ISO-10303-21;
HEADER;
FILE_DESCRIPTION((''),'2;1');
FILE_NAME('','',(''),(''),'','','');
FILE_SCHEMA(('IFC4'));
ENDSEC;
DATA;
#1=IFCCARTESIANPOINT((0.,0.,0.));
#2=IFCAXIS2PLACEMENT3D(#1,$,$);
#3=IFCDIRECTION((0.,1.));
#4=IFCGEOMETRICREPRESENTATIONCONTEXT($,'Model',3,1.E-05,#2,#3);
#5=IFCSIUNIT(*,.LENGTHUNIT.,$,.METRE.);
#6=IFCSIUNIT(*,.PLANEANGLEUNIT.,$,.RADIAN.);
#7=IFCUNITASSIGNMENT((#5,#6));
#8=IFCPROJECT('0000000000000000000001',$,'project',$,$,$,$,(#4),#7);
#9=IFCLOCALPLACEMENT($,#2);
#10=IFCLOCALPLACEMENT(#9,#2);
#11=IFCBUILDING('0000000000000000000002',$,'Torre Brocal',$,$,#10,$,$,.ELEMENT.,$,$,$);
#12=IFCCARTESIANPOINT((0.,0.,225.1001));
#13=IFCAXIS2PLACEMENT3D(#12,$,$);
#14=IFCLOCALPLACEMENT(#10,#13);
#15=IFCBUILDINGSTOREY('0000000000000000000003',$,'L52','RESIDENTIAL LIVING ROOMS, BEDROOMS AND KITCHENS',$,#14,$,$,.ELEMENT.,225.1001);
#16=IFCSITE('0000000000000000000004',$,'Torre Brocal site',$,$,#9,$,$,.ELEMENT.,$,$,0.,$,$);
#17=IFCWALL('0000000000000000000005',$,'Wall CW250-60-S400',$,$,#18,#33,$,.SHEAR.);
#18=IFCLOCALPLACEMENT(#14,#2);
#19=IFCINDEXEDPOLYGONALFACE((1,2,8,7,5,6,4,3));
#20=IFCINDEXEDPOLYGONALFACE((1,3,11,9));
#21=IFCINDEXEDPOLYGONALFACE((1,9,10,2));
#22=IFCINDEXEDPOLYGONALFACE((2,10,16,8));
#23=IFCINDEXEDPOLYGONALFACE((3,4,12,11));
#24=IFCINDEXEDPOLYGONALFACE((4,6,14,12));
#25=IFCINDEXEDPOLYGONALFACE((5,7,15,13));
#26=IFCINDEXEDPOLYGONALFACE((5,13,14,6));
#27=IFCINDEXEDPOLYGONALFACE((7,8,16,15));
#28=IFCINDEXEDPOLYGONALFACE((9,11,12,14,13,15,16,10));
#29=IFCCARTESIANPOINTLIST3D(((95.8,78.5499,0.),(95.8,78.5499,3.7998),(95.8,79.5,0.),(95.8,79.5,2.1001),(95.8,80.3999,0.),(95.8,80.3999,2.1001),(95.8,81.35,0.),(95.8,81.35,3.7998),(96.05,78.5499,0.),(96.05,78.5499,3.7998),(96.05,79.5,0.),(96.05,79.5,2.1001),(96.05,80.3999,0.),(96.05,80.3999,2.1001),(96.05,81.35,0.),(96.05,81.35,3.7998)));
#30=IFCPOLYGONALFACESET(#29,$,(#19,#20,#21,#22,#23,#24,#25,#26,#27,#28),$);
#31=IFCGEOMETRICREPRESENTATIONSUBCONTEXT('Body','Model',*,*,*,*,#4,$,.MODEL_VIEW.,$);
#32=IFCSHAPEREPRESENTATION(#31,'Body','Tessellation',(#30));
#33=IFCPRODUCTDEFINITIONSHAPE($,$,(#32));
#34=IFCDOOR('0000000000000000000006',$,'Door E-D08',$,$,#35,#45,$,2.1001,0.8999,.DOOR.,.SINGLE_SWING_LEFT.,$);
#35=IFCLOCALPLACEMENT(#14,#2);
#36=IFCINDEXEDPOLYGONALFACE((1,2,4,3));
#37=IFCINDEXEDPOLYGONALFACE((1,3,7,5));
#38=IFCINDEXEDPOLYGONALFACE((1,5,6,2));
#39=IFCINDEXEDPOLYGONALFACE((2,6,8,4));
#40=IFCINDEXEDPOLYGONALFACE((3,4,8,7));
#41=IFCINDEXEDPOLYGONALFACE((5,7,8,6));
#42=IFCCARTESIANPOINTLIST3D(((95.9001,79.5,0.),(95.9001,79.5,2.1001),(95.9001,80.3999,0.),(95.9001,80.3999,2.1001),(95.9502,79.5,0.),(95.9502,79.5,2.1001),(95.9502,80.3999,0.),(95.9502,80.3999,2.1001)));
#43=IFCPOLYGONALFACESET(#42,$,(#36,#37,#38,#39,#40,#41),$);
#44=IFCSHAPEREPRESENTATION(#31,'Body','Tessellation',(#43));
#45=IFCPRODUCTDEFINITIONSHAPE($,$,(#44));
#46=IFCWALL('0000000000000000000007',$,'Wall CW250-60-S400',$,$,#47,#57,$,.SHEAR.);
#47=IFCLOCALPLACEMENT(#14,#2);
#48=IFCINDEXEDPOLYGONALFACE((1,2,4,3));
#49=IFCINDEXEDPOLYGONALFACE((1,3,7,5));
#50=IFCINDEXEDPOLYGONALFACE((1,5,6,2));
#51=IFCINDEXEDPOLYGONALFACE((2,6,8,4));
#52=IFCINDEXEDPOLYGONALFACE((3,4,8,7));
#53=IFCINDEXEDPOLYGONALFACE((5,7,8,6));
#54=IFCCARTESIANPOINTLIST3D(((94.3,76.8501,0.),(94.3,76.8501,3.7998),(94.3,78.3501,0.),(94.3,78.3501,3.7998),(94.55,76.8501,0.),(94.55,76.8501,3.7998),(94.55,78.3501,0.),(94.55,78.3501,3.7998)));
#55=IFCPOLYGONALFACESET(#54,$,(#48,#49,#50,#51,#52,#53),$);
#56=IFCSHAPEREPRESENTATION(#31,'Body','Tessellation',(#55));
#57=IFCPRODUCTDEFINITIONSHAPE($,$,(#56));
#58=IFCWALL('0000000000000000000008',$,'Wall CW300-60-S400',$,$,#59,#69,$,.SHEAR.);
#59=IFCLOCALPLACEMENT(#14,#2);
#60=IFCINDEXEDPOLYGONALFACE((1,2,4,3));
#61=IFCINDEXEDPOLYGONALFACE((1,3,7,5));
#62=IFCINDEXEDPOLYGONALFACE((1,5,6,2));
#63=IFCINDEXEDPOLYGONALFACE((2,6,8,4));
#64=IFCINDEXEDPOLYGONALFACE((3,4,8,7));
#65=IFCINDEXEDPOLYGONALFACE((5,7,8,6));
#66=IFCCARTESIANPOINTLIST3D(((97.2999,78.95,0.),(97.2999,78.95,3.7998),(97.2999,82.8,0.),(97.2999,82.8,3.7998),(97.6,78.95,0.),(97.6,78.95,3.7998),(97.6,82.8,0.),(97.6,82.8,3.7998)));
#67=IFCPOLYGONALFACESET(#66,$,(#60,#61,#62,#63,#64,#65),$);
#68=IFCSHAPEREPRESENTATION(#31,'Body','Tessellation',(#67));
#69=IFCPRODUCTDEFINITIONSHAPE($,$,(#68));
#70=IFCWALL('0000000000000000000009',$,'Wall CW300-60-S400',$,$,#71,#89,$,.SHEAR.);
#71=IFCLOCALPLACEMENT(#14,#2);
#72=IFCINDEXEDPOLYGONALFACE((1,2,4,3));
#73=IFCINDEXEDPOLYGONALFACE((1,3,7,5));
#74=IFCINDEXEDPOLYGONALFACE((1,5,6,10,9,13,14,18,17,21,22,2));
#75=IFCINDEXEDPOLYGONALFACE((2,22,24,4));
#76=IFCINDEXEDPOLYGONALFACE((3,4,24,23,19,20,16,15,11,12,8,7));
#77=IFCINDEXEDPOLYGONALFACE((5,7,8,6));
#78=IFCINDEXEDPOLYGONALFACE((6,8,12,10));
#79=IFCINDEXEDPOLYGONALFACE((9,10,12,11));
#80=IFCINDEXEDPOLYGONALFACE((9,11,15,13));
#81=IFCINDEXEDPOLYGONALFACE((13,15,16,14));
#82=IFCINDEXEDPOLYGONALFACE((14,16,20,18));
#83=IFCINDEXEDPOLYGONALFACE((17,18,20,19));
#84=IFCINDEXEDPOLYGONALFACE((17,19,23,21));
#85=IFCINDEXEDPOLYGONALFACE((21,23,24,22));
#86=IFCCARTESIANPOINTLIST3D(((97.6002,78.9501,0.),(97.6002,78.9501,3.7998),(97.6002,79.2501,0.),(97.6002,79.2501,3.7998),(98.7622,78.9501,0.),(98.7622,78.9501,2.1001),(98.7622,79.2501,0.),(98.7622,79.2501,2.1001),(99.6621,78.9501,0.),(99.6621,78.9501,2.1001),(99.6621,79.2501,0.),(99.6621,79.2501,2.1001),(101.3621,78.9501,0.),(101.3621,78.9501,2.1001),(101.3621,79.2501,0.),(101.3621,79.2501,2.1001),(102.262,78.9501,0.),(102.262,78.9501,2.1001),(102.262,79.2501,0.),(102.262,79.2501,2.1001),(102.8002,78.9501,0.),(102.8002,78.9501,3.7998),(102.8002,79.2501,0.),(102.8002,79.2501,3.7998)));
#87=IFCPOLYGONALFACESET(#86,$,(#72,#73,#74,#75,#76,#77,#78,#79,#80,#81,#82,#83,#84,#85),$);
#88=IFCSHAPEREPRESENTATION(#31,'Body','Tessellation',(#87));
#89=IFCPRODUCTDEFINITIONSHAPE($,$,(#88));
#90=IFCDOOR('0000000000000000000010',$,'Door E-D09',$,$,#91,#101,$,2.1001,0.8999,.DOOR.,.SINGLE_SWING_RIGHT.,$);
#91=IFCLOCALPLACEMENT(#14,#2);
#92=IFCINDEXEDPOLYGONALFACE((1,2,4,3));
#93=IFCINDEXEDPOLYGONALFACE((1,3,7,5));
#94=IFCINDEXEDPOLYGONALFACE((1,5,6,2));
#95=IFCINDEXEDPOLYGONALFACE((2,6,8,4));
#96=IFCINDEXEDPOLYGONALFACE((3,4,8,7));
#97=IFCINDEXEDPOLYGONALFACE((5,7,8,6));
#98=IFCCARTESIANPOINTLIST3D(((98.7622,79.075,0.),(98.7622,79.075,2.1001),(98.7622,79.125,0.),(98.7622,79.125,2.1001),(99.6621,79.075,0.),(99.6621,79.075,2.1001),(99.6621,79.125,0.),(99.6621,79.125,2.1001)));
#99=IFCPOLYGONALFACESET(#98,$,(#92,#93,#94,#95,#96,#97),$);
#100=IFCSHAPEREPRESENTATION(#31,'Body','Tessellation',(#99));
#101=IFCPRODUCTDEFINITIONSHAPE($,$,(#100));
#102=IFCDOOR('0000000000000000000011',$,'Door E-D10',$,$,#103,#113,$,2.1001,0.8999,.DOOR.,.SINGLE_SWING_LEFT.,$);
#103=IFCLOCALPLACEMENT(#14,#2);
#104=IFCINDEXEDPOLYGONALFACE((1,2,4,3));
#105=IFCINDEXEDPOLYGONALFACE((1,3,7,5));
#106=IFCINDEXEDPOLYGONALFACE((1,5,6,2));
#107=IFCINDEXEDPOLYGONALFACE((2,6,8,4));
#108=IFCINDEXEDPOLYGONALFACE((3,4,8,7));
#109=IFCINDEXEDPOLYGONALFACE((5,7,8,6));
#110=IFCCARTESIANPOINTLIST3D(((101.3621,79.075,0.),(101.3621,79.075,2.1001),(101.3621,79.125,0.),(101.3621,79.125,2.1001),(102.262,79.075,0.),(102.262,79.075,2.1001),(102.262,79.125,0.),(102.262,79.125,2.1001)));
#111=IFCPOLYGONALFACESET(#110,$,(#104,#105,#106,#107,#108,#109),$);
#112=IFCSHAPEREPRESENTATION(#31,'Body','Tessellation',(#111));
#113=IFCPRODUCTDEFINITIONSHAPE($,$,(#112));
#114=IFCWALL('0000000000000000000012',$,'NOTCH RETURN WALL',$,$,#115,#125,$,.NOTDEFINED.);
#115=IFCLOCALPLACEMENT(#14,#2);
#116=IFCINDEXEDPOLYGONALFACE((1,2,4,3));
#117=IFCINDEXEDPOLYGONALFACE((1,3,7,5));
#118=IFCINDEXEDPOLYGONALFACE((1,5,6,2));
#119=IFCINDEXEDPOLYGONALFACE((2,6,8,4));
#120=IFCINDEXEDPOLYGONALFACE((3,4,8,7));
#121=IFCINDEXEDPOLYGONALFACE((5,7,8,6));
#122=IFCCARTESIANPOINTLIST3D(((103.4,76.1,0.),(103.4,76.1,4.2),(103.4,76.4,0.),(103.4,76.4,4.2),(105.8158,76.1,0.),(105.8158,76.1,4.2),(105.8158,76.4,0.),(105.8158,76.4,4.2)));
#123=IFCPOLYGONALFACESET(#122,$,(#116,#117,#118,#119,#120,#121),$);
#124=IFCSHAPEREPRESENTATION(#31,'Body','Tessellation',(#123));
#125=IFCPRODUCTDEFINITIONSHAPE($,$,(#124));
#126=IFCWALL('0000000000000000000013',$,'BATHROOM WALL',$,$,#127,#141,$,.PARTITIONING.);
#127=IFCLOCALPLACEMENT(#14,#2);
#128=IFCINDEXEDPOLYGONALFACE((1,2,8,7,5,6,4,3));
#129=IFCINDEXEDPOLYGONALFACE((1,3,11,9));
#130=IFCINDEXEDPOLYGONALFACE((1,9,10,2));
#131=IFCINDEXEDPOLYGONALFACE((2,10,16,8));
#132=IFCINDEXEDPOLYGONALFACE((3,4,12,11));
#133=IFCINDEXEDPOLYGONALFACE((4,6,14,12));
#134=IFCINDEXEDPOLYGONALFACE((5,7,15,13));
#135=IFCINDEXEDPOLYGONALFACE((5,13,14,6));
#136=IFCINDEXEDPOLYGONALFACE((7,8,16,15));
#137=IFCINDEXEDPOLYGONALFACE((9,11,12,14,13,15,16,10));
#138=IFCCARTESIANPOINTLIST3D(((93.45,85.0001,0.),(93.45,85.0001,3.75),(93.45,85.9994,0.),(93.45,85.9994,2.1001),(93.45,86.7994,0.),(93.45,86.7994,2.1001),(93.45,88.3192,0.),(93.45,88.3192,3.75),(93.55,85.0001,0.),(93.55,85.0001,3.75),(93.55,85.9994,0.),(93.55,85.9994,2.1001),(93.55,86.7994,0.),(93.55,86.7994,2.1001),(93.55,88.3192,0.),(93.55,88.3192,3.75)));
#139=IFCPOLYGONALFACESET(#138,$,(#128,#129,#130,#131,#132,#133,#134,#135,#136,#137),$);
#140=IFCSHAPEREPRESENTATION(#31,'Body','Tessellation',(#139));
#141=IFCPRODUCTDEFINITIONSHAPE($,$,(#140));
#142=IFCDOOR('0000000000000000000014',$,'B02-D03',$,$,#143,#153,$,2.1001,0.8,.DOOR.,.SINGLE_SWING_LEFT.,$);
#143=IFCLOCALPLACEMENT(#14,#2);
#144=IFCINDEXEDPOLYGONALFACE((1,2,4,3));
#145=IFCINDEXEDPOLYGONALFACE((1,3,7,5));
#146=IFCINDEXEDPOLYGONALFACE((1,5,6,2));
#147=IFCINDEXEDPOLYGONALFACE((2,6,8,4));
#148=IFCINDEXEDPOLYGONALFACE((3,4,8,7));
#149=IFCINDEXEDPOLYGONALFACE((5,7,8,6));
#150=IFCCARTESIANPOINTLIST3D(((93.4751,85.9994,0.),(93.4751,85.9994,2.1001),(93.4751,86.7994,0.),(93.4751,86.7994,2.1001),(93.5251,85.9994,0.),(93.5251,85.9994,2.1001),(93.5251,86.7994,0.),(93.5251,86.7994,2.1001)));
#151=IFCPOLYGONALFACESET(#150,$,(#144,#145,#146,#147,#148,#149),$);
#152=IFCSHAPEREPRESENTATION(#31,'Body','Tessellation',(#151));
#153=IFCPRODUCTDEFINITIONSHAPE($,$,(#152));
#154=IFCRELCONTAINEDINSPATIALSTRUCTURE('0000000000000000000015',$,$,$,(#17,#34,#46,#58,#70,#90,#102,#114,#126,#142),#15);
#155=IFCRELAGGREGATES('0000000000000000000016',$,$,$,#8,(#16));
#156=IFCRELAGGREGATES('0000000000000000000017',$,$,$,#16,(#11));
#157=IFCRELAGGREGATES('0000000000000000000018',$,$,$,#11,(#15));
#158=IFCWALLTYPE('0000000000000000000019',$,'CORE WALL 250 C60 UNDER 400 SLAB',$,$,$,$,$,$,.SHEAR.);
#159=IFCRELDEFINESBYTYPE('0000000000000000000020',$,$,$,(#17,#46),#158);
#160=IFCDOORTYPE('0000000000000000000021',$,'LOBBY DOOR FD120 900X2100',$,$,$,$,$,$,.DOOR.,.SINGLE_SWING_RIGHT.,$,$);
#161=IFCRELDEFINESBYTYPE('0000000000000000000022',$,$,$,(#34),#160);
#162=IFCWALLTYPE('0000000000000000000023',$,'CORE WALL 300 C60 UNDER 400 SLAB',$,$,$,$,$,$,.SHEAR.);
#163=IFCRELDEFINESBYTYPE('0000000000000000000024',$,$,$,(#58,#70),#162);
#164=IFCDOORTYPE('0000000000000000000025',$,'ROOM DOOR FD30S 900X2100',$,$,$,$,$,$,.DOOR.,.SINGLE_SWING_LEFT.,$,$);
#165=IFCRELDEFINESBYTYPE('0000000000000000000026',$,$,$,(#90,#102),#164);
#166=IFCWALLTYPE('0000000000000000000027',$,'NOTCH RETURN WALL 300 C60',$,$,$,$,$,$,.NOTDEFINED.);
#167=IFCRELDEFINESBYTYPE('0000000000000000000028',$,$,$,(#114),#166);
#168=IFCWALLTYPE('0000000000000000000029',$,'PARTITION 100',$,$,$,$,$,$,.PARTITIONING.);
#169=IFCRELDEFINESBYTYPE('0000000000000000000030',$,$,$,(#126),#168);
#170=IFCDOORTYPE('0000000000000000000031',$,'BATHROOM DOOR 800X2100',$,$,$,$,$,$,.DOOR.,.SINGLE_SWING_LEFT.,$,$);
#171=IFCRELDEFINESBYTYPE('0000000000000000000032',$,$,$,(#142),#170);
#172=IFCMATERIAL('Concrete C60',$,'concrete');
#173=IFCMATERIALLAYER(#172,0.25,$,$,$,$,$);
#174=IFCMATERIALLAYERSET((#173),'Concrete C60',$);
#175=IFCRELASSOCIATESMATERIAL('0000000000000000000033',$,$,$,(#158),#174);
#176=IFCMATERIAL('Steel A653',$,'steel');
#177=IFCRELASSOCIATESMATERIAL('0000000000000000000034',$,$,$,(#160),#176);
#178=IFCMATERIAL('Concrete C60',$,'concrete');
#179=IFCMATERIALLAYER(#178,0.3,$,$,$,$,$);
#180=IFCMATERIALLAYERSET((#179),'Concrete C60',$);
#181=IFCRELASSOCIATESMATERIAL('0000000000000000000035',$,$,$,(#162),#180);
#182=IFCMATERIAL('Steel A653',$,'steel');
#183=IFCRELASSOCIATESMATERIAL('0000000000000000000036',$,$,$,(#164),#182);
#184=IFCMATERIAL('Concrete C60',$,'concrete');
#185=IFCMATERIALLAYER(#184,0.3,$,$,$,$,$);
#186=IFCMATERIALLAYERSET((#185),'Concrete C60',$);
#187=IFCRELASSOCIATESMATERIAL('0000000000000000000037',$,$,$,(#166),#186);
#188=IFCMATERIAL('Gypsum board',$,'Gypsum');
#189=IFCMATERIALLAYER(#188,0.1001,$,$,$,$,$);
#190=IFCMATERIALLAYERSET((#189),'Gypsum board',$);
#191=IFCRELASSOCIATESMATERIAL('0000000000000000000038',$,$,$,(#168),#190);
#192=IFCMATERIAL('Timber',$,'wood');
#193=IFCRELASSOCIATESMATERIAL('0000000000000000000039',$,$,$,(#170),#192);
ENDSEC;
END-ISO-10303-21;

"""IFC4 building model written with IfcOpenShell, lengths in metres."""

from ifc_helpers import new_model, si_unit, direction, frame, frame_2d, origin, place, context, subcontext, project, spatial, rectangle, extrude, material, layer, layer_set, type_object, element, fill, save


model = new_model("IFC4")

# Units and contexts
model_context = context("Model", 3, precision=1e-05, world=origin(), true_north=direction((0.0, 1.0)))
body_context = subcontext(model_context, "Body", "Model", "MODEL_VIEW")
ifc_project = project(units=[si_unit("LENGTHUNIT", "METRE"), si_unit("PLANEANGLEUNIT", "RADIAN")], contexts=[model_context])

# Site, building, storey
site_placement = place(None, origin())
site = spatial("IfcSite", under=ifc_project, at=site_placement, Name="Torre Brocal site", CompositionType="ELEMENT", RefElevation=0.0)
building_placement = place(site_placement, origin())
building = spatial("IfcBuilding", under=site, at=building_placement, Name="Torre Brocal", CompositionType="ELEMENT")
storey_placement = place(building_placement, frame((0.0, 0.0, 225.1001)))
storey = spatial("IfcBuildingStorey", under=building, at=storey_placement, Name="L52", Description="RESIDENTIAL LIVING ROOMS, BEDROOMS AND KITCHENS", CompositionType="ELEMENT", Elevation=225.1001)

# Wall, opening, door
ifc_material_1 = material(Name="Concrete C60", Category="concrete")
ifc_layer_1 = layer(ifc_material_1, 0.25)
ifc_layer_set_1 = layer_set([ifc_layer_1], Name="Concrete C60")
wall_type_1 = type_object("IfcWallType", Name="CORE WALL 250 C60 UNDER 400 SLAB", PredefinedType="SHEAR", material=ifc_layer_set_1)
wall_1_placement = place(storey_placement, frame((95.925, 78.55, 0.0), z_axis=(0.0, 0.0, 1.0), x_axis=(0.0, 1.0, 0.0)))
wall_1 = element("IfcWall", 1, at=wall_1_placement, inside=storey, type_object=wall_type_1, Name="Wall CW250-60-S400", PredefinedType="SHEAR", context=body_context, shape_type="SweptSolid", body=[
    extrude(rectangle(XDim=2.8, YDim=0.25, at=frame_2d((1.3999, 0.0))), origin(), (0.0, 0.0, 1.0), 3.7998),
])
opening_1_placement = place(wall_1_placement, frame((0.95, 0.0, 0.0)))
opening_1 = element("IfcOpeningElement", 2, at=opening_1_placement, cuts=wall_1, PredefinedType="OPENING", context=body_context, shape_type="SweptSolid", body=[
    extrude(rectangle(XDim=0.8999, YDim=2.1001, at=frame_2d((0.45, 1.05))), frame((0.0, 0.135, 0.0), z_axis=(0.0, -1.0, 0.0), x_axis=(1.0, 0.0, 0.0)), (0.0, 0.0, 1.0), 0.27),
])
ifc_material_2 = material(Name="Steel A653", Category="steel")
door_type_1 = type_object("IfcDoorType", Name="LOBBY DOOR FD120 900X2100", OperationType="SINGLE_SWING_RIGHT", PredefinedType="DOOR", material=ifc_material_2)
door_1_placement = place(opening_1_placement, origin())
door_1 = element("IfcDoor", 3, at=door_1_placement, inside=storey, type_object=door_type_1, Name="Door E-D08", OperationType="SINGLE_SWING_LEFT", OverallHeight=2.1001, OverallWidth=0.8999, PredefinedType="DOOR", context=body_context, shape_type="SweptSolid", body=[
    extrude(rectangle(XDim=0.8999, YDim=2.1001, at=frame_2d((0.45, 1.05))), frame((0.0, 0.0249, 0.0), z_axis=(0.0, -1.0, 0.0), x_axis=(1.0, 0.0, 0.0)), (0.0, 0.0, 1.0), 0.05),
])
fill(opening_1, door_1)

# Walls
wall_2_placement = place(storey_placement, frame((94.425, 76.8501, 0.0), z_axis=(0.0, 0.0, 1.0), x_axis=(0.0, 1.0, 0.0)))
element("IfcWall", 4, at=wall_2_placement, inside=storey, type_object=wall_type_1, Name="Wall CW250-60-S400", PredefinedType="SHEAR", context=body_context, shape_type="SweptSolid", body=[
    extrude(rectangle(XDim=1.5, YDim=0.25, at=frame_2d((0.75, 0.0))), origin(), (0.0, 0.0, 1.0), 3.7998),
])
ifc_material_3 = material(Name="Concrete C60", Category="concrete")
ifc_layer_2 = layer(ifc_material_3, 0.3)
ifc_layer_set_2 = layer_set([ifc_layer_2], Name="Concrete C60")
wall_type_2 = type_object("IfcWallType", Name="CORE WALL 300 C60 UNDER 400 SLAB", PredefinedType="SHEAR", material=ifc_layer_set_2)
wall_3_placement = place(storey_placement, frame((97.45, 78.95, 0.0), z_axis=(0.0, 0.0, 1.0), x_axis=(0.0, 1.0, 0.0)))
element("IfcWall", 5, at=wall_3_placement, inside=storey, type_object=wall_type_2, Name="Wall CW300-60-S400", PredefinedType="SHEAR", context=body_context, shape_type="SweptSolid", body=[
    extrude(rectangle(XDim=3.8501, YDim=0.3, at=frame_2d((1.925, 0.0))), origin(), (0.0, 0.0, 1.0), 3.7998),
])

# Wall, openings, doors
wall_4_placement = place(storey_placement, frame((97.6001, 79.1001, 0.0), z_axis=(0.0, 0.0, 1.0), x_axis=(1.0, 0.0, 0.0)))
wall_4 = element("IfcWall", 6, at=wall_4_placement, inside=storey, type_object=wall_type_2, Name="Wall CW300-60-S400", PredefinedType="SHEAR", context=body_context, shape_type="SweptSolid", body=[
    extrude(rectangle(XDim=5.2, YDim=0.3, at=frame_2d((2.6001, 0.0))), origin(), (0.0, 0.0, 1.0), 3.7998),
])
opening_2_placement = place(wall_4_placement, frame((1.1621, 0.0, 0.0)))
opening_2 = element("IfcOpeningElement", 7, at=opening_2_placement, cuts=wall_4, PredefinedType="OPENING", context=body_context, shape_type="SweptSolid", body=[
    extrude(rectangle(XDim=0.8999, YDim=2.1001, at=frame_2d((0.45, 1.05))), frame((0.0, 0.1599, 0.0), z_axis=(0.0, -1.0, 0.0), x_axis=(1.0, 0.0, 0.0)), (0.0, 0.0, 1.0), 0.3201),
])
opening_3_placement = place(wall_4_placement, frame((3.762, 0.0, 0.0)))
opening_3 = element("IfcOpeningElement", 8, at=opening_3_placement, cuts=wall_4, PredefinedType="OPENING", context=body_context, shape_type="SweptSolid", body=[
    extrude(rectangle(XDim=0.8999, YDim=2.1001, at=frame_2d((0.45, 1.05))), frame((0.0, 0.1599, 0.0), z_axis=(0.0, -1.0, 0.0), x_axis=(1.0, 0.0, 0.0)), (0.0, 0.0, 1.0), 0.3201),
])
ifc_material_4 = material(Name="Steel A653", Category="steel")
door_type_2 = type_object("IfcDoorType", Name="ROOM DOOR FD30S 900X2100", OperationType="SINGLE_SWING_LEFT", PredefinedType="DOOR", material=ifc_material_4)
door_2_placement = place(opening_2_placement, origin())
door_2 = element("IfcDoor", 9, at=door_2_placement, inside=storey, type_object=door_type_2, Name="Door E-D09", OperationType="SINGLE_SWING_RIGHT", OverallHeight=2.1001, OverallWidth=0.8999, PredefinedType="DOOR", context=body_context, shape_type="SweptSolid", body=[
    extrude(rectangle(XDim=0.8999, YDim=2.1001, at=frame_2d((0.45, 1.05))), frame((0.0, 0.0249, 0.0), z_axis=(0.0, -1.0, 0.0), x_axis=(1.0, 0.0, 0.0)), (0.0, 0.0, 1.0), 0.05),
])
fill(opening_2, door_2)
door_3_placement = place(opening_3_placement, origin())
door_3 = element("IfcDoor", 10, at=door_3_placement, inside=storey, type_object=door_type_2, Name="Door E-D10", OperationType="SINGLE_SWING_LEFT", OverallHeight=2.1001, OverallWidth=0.8999, PredefinedType="DOOR", context=body_context, shape_type="SweptSolid", body=[
    extrude(rectangle(XDim=0.8999, YDim=2.1001, at=frame_2d((0.45, 1.05))), frame((0.0, 0.0249, 0.0), z_axis=(0.0, -1.0, 0.0), x_axis=(1.0, 0.0, 0.0)), (0.0, 0.0, 1.0), 0.05),
])
fill(opening_3, door_3)

# Wall
ifc_material_5 = material(Name="Concrete C60", Category="concrete")
ifc_layer_3 = layer(ifc_material_5, 0.3)
ifc_layer_set_3 = layer_set([ifc_layer_3], Name="Concrete C60")
wall_type_3 = type_object("IfcWallType", Name="NOTCH RETURN WALL 300 C60", PredefinedType="NOTDEFINED", material=ifc_layer_set_3)
wall_5_placement = place(storey_placement, frame((103.3999, 76.25, 0.0), z_axis=(0.0, 0.0, 1.0), x_axis=(1.0, 0.0, 0.0)))
element("IfcWall", 11, at=wall_5_placement, inside=storey, type_object=wall_type_3, Name="NOTCH RETURN WALL", PredefinedType="NOTDEFINED", context=body_context, shape_type="SweptSolid", body=[
    extrude(rectangle(XDim=2.4158, YDim=0.3, at=frame_2d((1.208, 0.0))), origin(), (0.0, 0.0, 1.0), 4.2),
])

# Wall, opening, door
ifc_material_6 = material(Name="Gypsum board", Category="Gypsum")
ifc_layer_4 = layer(ifc_material_6, 0.1001)
ifc_layer_set_4 = layer_set([ifc_layer_4], Name="Gypsum board")
wall_type_4 = type_object("IfcWallType", Name="PARTITION 100", PredefinedType="PARTITIONING", material=ifc_layer_set_4)
wall_6_placement = place(storey_placement, frame((93.5, 85.0, 0.0), z_axis=(0.0, 0.0, 1.0), x_axis=(0.0, 1.0, 0.0)))
wall_6 = element("IfcWall", 12, at=wall_6_placement, inside=storey, type_object=wall_type_4, Name="BATHROOM WALL", PredefinedType="PARTITIONING", context=body_context, shape_type="SweptSolid", body=[
    extrude(rectangle(XDim=3.3191, YDim=0.1001, at=frame_2d((1.6597, 0.0))), origin(), (0.0, 0.0, 1.0), 3.75),
])
opening_4_placement = place(wall_6_placement, frame((0.9995, 0.0, 0.0)))
opening_4 = element("IfcOpeningElement", 13, at=opening_4_placement, cuts=wall_6, PredefinedType="OPENING", context=body_context, shape_type="SweptSolid", body=[
    extrude(rectangle(XDim=0.8, YDim=2.1001, at=frame_2d((0.3999, 1.05))), frame((0.0, 0.0601, 0.0), z_axis=(0.0, -1.0, 0.0), x_axis=(1.0, 0.0, 0.0)), (0.0, 0.0, 1.0), 0.1201),
])
ifc_material_7 = material(Name="Timber", Category="wood")
door_type_3 = type_object("IfcDoorType", Name="BATHROOM DOOR 800X2100", OperationType="SINGLE_SWING_LEFT", PredefinedType="DOOR", material=ifc_material_7)
door_4_placement = place(opening_4_placement, origin())
door_4 = element("IfcDoor", 14, at=door_4_placement, inside=storey, type_object=door_type_3, Name="B02-D03", OperationType="SINGLE_SWING_LEFT", OverallHeight=2.1001, OverallWidth=0.8, PredefinedType="DOOR", context=body_context, shape_type="SweptSolid", body=[
    extrude(rectangle(XDim=0.8, YDim=2.1001, at=frame_2d((0.3999, 1.05))), frame((0.0, 0.0249, 0.0), z_axis=(0.0, -1.0, 0.0), x_axis=(1.0, 0.0, 0.0)), (0.0, 0.0, 1.0), 0.05),
])
fill(opening_4, door_4)

save(model, "model.ifc")
